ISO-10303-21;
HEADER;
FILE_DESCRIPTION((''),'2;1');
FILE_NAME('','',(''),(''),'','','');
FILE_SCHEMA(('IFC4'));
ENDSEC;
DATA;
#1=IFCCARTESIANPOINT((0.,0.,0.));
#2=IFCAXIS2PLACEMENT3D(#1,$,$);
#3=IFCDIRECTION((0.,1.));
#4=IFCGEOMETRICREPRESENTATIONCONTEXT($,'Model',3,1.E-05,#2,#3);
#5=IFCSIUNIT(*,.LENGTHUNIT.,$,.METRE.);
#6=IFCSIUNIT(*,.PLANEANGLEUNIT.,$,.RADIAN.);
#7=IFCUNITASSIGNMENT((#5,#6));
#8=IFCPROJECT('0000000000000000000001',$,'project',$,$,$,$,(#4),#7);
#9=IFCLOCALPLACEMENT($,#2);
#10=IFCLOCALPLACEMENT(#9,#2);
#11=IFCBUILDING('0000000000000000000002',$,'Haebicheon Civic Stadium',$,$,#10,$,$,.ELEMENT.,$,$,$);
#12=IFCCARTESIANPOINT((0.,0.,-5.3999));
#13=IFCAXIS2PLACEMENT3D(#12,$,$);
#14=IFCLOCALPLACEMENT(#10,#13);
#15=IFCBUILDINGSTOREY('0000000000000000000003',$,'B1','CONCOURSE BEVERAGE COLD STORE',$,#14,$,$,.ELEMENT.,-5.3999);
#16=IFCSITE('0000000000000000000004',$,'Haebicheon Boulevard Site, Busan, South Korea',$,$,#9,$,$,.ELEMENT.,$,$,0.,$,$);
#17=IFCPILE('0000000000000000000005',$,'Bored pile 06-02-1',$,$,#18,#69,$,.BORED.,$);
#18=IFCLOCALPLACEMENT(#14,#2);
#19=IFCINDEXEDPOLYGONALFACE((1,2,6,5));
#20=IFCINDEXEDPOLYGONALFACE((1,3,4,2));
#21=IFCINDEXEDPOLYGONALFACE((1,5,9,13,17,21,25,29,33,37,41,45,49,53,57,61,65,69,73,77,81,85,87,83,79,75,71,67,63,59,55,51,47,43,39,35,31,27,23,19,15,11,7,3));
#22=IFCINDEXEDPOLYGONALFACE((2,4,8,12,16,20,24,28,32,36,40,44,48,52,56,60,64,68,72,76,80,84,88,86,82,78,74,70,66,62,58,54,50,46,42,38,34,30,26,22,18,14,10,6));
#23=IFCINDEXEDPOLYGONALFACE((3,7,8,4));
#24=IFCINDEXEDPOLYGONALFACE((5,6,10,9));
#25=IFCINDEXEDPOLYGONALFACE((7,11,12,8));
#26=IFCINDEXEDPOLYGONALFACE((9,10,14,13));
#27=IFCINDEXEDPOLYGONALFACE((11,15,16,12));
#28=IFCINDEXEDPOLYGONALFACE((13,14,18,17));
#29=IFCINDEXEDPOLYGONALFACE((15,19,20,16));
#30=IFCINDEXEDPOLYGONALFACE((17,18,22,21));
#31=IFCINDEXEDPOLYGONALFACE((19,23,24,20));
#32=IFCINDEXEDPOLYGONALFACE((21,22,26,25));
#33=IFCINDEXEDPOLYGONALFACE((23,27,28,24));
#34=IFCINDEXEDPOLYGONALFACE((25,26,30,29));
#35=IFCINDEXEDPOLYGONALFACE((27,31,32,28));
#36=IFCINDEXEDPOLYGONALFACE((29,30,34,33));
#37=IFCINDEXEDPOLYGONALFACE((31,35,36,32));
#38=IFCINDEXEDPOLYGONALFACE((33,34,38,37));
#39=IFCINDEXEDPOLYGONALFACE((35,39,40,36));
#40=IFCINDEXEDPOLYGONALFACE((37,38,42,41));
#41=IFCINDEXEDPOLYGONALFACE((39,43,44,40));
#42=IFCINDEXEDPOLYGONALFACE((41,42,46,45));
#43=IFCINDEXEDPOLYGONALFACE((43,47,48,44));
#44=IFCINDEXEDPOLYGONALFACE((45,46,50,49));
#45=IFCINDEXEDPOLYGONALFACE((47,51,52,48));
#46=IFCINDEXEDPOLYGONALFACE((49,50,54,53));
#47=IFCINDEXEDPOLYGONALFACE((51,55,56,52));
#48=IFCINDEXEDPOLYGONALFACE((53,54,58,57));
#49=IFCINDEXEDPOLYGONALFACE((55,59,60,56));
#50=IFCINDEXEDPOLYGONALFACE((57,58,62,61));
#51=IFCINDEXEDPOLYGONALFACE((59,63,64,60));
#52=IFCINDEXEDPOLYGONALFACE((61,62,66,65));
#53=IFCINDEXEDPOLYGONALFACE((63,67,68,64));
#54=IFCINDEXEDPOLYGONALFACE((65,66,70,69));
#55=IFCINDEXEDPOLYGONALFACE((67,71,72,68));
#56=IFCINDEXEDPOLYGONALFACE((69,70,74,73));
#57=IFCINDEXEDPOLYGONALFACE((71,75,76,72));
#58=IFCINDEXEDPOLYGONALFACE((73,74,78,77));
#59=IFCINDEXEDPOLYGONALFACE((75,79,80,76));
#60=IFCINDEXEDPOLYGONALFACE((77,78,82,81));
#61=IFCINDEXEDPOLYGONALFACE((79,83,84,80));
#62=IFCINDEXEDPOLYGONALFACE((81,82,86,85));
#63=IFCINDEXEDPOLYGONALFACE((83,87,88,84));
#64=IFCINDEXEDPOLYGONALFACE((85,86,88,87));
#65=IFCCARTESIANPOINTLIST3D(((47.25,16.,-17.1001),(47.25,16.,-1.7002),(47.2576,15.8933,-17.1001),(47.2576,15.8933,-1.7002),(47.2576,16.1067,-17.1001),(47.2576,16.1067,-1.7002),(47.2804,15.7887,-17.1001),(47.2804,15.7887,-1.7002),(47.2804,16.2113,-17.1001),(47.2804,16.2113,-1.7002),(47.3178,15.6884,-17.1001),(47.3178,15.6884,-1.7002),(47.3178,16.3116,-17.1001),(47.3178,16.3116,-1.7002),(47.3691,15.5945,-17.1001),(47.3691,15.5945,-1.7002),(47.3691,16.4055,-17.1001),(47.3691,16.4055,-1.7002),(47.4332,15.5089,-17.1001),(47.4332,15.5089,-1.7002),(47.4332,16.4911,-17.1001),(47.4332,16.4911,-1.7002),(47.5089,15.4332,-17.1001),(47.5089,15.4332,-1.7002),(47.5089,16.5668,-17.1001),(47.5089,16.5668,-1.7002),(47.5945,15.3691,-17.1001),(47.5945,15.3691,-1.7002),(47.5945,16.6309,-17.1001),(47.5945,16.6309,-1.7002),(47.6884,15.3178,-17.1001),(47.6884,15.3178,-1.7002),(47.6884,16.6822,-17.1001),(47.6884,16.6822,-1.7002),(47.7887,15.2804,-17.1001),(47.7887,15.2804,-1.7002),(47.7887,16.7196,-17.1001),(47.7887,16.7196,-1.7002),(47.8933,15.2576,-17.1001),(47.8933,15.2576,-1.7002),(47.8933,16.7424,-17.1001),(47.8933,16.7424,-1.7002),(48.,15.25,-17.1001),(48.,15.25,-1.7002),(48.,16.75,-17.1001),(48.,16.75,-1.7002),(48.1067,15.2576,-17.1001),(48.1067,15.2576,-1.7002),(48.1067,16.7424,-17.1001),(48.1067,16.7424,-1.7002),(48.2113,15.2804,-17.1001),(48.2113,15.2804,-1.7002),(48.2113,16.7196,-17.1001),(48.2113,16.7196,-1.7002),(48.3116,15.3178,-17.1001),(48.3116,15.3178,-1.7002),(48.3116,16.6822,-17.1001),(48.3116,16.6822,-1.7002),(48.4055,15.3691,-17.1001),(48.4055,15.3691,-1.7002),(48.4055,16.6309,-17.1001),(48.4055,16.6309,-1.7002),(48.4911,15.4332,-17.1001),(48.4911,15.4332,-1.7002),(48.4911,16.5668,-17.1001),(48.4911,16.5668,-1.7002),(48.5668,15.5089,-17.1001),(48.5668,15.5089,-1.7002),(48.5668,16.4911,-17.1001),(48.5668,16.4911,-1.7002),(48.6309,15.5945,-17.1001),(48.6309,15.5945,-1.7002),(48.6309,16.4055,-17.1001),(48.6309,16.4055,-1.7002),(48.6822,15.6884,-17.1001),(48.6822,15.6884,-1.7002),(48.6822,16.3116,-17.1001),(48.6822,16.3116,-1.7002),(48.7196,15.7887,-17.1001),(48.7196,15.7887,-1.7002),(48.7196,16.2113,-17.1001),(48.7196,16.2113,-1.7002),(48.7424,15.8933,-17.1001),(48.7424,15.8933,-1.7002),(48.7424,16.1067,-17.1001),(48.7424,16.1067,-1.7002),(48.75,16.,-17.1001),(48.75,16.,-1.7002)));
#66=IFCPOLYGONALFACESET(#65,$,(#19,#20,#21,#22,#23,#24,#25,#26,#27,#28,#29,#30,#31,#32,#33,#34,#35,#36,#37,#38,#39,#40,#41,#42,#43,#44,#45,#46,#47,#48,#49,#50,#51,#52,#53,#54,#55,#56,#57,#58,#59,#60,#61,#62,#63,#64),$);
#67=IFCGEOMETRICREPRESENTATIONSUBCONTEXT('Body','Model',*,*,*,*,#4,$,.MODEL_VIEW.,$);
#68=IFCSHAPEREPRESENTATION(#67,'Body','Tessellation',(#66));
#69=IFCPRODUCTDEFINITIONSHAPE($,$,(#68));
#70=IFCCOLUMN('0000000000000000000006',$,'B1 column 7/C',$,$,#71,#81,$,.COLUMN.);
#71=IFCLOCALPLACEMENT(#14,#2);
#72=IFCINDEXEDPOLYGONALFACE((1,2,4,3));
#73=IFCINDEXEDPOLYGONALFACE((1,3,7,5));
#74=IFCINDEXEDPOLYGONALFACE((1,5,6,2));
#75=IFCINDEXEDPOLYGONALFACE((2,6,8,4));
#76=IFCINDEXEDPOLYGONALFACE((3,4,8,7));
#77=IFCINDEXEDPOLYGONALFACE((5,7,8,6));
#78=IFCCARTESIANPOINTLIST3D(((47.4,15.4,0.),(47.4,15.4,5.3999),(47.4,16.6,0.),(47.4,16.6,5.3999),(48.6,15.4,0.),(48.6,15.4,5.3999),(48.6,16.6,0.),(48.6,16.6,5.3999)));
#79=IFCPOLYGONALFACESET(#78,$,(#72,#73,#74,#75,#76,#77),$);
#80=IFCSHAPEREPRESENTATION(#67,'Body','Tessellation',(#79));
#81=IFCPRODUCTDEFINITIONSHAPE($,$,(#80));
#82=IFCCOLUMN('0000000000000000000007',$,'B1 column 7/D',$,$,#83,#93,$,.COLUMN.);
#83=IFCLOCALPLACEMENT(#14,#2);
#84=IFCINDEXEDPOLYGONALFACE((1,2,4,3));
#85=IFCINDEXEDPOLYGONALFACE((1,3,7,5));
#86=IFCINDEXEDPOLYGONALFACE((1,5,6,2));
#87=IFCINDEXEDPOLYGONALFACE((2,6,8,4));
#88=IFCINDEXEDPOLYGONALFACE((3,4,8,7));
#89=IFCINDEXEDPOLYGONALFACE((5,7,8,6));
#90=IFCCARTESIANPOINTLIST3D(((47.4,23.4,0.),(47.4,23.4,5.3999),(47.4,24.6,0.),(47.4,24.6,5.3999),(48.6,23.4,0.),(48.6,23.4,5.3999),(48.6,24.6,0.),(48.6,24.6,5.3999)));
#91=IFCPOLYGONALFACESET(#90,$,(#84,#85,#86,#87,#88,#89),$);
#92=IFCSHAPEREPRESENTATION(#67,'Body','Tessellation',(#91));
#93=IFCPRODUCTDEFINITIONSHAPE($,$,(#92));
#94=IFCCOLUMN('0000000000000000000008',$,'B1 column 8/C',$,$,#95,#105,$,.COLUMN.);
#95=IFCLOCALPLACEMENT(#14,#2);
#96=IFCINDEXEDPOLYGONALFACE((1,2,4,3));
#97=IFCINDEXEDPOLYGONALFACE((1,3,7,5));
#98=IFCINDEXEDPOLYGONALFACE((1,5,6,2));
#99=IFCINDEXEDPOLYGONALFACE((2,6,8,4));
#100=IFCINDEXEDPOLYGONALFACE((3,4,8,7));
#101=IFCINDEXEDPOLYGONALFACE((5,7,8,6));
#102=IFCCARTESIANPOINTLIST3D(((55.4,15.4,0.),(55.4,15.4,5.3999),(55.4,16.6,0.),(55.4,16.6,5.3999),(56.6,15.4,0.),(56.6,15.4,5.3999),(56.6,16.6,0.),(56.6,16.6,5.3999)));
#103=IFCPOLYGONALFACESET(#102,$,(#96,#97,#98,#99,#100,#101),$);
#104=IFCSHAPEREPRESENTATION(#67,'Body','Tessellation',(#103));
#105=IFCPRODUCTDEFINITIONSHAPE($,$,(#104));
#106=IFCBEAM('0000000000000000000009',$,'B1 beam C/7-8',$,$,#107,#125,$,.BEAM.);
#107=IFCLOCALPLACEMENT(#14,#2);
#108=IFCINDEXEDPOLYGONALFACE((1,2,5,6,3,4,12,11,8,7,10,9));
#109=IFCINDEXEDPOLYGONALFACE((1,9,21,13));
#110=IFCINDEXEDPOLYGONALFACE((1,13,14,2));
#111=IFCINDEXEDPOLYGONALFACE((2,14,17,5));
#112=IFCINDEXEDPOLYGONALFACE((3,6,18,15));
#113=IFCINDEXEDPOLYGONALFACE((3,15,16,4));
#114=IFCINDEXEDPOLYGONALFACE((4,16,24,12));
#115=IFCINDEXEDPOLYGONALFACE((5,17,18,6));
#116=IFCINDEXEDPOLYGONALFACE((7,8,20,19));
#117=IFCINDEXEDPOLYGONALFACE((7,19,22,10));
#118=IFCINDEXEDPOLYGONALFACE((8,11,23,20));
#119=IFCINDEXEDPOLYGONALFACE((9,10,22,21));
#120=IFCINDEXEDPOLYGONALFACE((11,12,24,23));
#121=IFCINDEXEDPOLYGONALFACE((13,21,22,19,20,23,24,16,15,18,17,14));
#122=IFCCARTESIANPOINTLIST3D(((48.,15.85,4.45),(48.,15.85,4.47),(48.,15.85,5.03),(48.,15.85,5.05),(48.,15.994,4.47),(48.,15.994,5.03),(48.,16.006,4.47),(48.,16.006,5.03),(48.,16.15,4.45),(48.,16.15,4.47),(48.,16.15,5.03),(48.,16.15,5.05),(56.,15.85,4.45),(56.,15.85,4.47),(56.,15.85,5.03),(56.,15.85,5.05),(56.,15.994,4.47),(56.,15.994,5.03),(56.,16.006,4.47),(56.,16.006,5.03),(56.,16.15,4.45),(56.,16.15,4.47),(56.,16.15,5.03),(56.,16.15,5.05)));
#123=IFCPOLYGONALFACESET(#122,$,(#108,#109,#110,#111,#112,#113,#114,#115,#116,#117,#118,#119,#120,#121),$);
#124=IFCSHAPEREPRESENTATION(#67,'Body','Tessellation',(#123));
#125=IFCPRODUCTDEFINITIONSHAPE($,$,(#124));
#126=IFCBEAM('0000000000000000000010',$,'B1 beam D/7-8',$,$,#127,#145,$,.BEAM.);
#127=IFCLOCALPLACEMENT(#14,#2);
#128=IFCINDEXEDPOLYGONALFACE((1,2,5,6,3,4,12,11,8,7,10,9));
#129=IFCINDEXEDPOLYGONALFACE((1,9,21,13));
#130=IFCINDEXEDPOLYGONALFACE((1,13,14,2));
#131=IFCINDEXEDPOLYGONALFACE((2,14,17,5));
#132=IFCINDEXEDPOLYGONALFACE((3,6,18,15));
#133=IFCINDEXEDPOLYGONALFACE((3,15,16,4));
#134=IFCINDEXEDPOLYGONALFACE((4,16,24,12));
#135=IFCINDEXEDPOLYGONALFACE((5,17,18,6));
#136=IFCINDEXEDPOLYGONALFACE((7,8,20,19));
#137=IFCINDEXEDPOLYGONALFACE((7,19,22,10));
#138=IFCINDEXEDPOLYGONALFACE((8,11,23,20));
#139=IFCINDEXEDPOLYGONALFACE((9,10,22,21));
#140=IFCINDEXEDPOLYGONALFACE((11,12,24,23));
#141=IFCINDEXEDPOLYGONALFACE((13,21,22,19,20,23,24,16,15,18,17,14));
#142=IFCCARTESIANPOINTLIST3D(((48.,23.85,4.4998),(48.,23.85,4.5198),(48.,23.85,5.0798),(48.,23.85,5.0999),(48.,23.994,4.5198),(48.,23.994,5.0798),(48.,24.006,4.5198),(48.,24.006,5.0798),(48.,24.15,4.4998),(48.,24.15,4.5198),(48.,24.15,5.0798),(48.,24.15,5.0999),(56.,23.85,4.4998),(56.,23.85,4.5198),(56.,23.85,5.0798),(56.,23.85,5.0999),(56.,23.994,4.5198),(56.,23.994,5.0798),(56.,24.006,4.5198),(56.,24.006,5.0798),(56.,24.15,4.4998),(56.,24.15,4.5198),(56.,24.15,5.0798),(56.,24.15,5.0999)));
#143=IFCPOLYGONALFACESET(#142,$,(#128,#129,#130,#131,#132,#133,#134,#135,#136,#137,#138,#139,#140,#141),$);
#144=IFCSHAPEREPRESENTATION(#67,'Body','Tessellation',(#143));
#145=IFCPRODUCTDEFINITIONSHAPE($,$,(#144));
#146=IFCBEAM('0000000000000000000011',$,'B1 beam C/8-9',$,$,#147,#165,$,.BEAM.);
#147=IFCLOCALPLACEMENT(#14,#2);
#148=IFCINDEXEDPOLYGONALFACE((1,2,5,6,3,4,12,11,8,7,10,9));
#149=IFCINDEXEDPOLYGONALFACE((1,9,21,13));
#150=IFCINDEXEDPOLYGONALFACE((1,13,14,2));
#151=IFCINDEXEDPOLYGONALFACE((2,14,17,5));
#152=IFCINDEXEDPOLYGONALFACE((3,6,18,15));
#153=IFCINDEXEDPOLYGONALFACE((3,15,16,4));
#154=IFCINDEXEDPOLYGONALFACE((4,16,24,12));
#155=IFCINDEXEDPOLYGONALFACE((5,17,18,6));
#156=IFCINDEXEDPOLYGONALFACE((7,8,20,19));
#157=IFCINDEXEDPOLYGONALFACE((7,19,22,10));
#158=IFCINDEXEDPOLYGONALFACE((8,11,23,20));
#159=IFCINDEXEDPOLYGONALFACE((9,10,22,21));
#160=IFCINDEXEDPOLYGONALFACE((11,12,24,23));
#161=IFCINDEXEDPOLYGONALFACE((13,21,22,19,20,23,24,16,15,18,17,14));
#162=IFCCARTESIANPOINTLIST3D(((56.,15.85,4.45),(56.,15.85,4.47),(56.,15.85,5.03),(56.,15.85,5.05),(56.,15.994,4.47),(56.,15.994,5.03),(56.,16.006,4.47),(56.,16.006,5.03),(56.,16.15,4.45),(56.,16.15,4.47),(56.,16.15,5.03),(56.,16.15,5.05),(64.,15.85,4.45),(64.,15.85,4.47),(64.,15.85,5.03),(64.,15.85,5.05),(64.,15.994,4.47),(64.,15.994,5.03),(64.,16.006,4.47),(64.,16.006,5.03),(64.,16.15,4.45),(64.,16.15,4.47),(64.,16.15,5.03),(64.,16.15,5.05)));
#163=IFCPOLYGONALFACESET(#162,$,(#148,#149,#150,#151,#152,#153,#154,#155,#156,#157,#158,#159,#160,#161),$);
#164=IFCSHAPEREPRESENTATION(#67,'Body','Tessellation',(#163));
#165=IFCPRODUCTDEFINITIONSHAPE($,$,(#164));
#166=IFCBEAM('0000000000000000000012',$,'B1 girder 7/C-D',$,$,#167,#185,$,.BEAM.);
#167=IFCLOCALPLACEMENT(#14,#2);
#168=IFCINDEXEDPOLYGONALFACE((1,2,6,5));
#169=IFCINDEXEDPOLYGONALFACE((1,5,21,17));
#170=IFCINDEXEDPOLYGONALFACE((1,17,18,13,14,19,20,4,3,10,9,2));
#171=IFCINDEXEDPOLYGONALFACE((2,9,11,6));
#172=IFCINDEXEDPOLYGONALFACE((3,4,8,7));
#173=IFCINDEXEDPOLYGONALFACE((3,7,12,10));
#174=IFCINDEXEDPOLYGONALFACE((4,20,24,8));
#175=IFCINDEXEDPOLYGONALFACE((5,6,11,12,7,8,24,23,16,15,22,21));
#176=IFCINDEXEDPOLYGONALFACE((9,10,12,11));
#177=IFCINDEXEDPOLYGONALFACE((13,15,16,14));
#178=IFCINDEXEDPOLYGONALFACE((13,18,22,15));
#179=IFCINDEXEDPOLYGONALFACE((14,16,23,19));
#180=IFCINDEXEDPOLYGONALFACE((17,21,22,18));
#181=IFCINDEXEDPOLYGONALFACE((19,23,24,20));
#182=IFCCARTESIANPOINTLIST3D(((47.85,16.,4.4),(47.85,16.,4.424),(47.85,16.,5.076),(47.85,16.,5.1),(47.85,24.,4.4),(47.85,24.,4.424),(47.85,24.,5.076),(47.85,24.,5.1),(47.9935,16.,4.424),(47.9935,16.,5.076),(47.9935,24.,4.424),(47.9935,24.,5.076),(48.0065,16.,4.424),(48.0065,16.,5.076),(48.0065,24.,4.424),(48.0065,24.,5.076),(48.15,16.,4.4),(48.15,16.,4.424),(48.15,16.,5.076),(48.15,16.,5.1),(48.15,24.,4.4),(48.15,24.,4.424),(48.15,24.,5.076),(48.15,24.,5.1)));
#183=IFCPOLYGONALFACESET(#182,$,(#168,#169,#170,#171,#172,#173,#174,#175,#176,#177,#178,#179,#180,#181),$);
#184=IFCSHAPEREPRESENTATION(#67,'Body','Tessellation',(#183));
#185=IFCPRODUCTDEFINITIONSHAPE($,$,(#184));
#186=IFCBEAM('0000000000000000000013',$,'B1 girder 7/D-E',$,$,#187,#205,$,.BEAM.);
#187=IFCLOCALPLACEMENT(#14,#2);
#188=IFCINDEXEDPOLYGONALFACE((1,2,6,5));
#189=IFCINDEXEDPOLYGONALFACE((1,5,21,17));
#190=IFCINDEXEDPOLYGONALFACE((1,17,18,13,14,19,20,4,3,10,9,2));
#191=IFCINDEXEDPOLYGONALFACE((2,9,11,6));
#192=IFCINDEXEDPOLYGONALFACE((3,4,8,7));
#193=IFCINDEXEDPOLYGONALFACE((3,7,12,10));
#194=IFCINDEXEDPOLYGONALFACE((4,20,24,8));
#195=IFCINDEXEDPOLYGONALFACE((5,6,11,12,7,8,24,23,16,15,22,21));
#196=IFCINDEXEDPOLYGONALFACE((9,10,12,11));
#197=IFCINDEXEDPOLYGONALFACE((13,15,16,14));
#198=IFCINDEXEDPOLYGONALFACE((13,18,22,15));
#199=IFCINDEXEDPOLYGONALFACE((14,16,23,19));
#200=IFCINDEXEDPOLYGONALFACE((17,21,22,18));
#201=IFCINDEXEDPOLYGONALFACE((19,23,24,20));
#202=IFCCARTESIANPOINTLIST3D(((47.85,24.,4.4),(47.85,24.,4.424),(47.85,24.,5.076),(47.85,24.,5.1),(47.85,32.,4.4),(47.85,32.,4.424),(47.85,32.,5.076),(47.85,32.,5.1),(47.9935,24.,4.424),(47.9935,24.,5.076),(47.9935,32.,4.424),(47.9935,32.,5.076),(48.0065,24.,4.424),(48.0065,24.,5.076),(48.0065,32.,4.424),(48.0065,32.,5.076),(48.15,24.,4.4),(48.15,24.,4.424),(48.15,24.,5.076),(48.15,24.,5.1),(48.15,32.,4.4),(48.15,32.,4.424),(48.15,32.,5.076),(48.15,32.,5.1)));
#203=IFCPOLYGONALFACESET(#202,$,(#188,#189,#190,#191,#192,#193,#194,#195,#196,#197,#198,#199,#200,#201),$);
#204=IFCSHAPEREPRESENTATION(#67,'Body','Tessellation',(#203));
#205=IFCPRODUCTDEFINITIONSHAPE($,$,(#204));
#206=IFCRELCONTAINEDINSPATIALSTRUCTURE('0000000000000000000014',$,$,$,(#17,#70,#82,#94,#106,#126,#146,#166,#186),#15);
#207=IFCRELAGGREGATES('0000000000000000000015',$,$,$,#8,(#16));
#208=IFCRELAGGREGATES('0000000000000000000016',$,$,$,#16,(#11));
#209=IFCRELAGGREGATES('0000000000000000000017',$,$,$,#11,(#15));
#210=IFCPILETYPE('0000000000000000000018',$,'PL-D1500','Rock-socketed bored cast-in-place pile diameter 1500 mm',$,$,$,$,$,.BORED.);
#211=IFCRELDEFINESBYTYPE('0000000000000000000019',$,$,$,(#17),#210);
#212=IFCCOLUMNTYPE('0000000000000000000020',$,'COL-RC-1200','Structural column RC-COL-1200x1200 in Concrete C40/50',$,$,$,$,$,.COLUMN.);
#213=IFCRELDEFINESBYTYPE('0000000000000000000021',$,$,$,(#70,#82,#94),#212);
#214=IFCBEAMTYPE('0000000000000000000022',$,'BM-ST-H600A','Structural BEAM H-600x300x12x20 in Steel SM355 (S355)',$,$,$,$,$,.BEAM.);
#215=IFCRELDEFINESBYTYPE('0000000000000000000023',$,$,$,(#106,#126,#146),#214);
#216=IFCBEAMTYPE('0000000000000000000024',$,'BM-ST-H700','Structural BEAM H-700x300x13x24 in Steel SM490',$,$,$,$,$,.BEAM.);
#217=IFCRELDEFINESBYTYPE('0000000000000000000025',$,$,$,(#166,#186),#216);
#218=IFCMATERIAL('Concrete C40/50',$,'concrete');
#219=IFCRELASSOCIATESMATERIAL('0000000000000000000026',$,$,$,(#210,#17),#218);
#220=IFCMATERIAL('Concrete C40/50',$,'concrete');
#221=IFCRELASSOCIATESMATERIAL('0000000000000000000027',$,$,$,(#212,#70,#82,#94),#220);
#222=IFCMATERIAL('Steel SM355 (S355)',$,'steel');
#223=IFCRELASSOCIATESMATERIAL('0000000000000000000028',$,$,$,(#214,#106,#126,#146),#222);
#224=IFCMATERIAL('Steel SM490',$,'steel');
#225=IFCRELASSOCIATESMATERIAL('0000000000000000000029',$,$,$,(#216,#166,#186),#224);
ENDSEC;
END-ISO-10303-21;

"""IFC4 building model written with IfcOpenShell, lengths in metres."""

from ifc_helpers import new_model, si_unit, direction, frame, origin, origin_2d, place, context, subcontext, project, spatial, rectangle, circle, i_section, extrude, material, material_profile, profile_set, type_object, element, save


model = new_model("IFC4")

# Units and contexts
model_context = context("Model", 3, precision=1e-05, world=origin(), true_north=direction((0.0, 1.0)))
body_context = subcontext(model_context, "Body", "Model", "MODEL_VIEW")
ifc_project = project(units=[si_unit("LENGTHUNIT", "METRE"), si_unit("PLANEANGLEUNIT", "RADIAN")], contexts=[model_context])

# Site, building, storey
site_placement = place(None, origin())
site = spatial("IfcSite", under=ifc_project, at=site_placement, Name="Haebicheon Boulevard Site, Busan, South Korea", CompositionType="ELEMENT", RefElevation=0.0)
building_placement = place(site_placement, origin())
building = spatial("IfcBuilding", under=site, at=building_placement, Name="Haebicheon Civic Stadium", CompositionType="ELEMENT")
storey_placement = place(building_placement, frame((0.0, 0.0, -5.3999)))
storey = spatial("IfcBuildingStorey", under=building, at=storey_placement, Name="B1", Description="CONCOURSE BEVERAGE COLD STORE", CompositionType="ELEMENT", Elevation=-5.3999)

# Pile
ifc_material_1 = material(Name="Concrete C40/50", Category="concrete")
ifc_material_profile_1 = material_profile(ifc_material_1, circle(Radius=0.75, at=origin_2d()), Name="PILE-D1500")
ifc_profile_set_1 = profile_set([ifc_material_profile_1], Name="Concrete C40/50")
pile_type_1 = type_object("IfcPileType", Name="PL-D1500", Description="Rock-socketed bored cast-in-place pile diameter 1500 mm", PredefinedType="BORED", material=ifc_profile_set_1)
pile_placement = place(storey_placement, frame((48.0, 16.0, -1.7002), z_axis=(0.0, 0.0, -1.0), x_axis=(1.0, 0.0, 0.0)))
element("IfcPile", 1, at=pile_placement, inside=storey, type_object=pile_type_1, material=ifc_profile_set_1, Name="Bored pile 06-02-1", PredefinedType="BORED", context=body_context, shape_type="SweptSolid", body=[
    extrude(circle(Radius=0.75, at=origin_2d()), origin(), (0.0, 0.0, 1.0), 15.3999),
])

# Columns
ifc_material_2 = material(Name="Concrete C40/50", Category="concrete")
ifc_material_profile_2 = material_profile(ifc_material_2, rectangle(XDim=1.2, YDim=1.2, at=origin_2d()), Name="RC-COL-1200x1200")
ifc_profile_set_2 = profile_set([ifc_material_profile_2], Name="Concrete C40/50")
column_type = type_object("IfcColumnType", Name="COL-RC-1200", Description="Structural column RC-COL-1200x1200 in Concrete C40/50", PredefinedType="COLUMN", material=ifc_profile_set_2)
for number, where, z_axis, x_axis, name in (
    (2, (48.0, 16.0, 0.0), (0.0, 0.0, 1.0), (1.0, 0.0, 0.0), "B1 column 7/C"),
    (3, (48.0, 24.0, 0.0), (0.0, 0.0, 1.0), (1.0, 0.0, 0.0), "B1 column 7/D"),
    (4, (56.0, 16.0, 0.0), (0.0, 0.0, 1.0), (1.0, 0.0, 0.0), "B1 column 8/C"),
):
    element("IfcColumn", number, at=place(storey_placement, frame(where, z_axis=z_axis, x_axis=x_axis)), inside=storey, type_object=column_type, material=ifc_profile_set_2, Name=name, PredefinedType="COLUMN", context=body_context, shape_type="SweptSolid", body=[
        extrude(rectangle(XDim=1.2, YDim=1.2, at=origin_2d()), origin(), (0.0, 0.0, 1.0), 5.3999),
    ])

# Beams
ifc_material_3 = material(Name="Steel SM355 (S355)", Category="steel")
ifc_material_profile_3 = material_profile(ifc_material_3, i_section(OverallWidth=0.3, OverallDepth=0.6001, WebThickness=0.012, FlangeThickness=0.02, at=origin_2d()), Name="H-600x300x12x20")
ifc_profile_set_3 = profile_set([ifc_material_profile_3], Name="Steel SM355 (S355)")
beam_type_1 = type_object("IfcBeamType", Name="BM-ST-H600A", Description="Structural BEAM H-600x300x12x20 in Steel SM355 (S355)", PredefinedType="BEAM", material=ifc_profile_set_3)
for number, where, z_axis, x_axis, name in (
    (5, (48.0, 16.0, 4.75), (1.0, 0.0, 0.0), (0.0, 1.0, 0.0), "B1 beam C/7-8"),
    (6, (48.0, 24.0, 4.7998), (1.0, 0.0, 0.0), (0.0, 1.0, 0.0), "B1 beam D/7-8"),
    (7, (56.0, 16.0, 4.75), (1.0, 0.0, 0.0), (0.0, 1.0, 0.0), "B1 beam C/8-9"),
):
    element("IfcBeam", number, at=place(storey_placement, frame(where, z_axis=z_axis, x_axis=x_axis)), inside=storey, type_object=beam_type_1, material=ifc_profile_set_3, Name=name, PredefinedType="BEAM", context=body_context, shape_type="SweptSolid", body=[
        extrude(i_section(OverallWidth=0.3, OverallDepth=0.6001, WebThickness=0.012, FlangeThickness=0.02, at=origin_2d()), origin(), (0.0, 0.0, 1.0), 8.0),
    ])
ifc_material_4 = material(Name="Steel SM490", Category="steel")
ifc_material_profile_4 = material_profile(ifc_material_4, i_section(OverallWidth=0.3, OverallDepth=0.7, WebThickness=0.0129, FlangeThickness=0.0239, at=origin_2d()), Name="H-700x300x13x24")
ifc_profile_set_4 = profile_set([ifc_material_profile_4], Name="Steel SM490")
beam_type_2 = type_object("IfcBeamType", Name="BM-ST-H700", Description="Structural BEAM H-700x300x13x24 in Steel SM490", PredefinedType="BEAM", material=ifc_profile_set_4)
for number, where, z_axis, x_axis, name in (
    (8, (48.0, 16.0, 4.75), (0.0, 1.0, 0.0), (-1.0, 0.0, 0.0), "B1 girder 7/C-D"),
    (9, (48.0, 24.0, 4.75), (0.0, 1.0, 0.0), (-1.0, 0.0, 0.0), "B1 girder 7/D-E"),
):
    element("IfcBeam", number, at=place(storey_placement, frame(where, z_axis=z_axis, x_axis=x_axis)), inside=storey, type_object=beam_type_2, material=ifc_profile_set_4, Name=name, PredefinedType="BEAM", context=body_context, shape_type="SweptSolid", body=[
        extrude(i_section(OverallWidth=0.3, OverallDepth=0.7, WebThickness=0.0129, FlangeThickness=0.0239, at=origin_2d()), origin(), (0.0, 0.0, 1.0), 8.0),
    ])

save(model, "model.ifc")
